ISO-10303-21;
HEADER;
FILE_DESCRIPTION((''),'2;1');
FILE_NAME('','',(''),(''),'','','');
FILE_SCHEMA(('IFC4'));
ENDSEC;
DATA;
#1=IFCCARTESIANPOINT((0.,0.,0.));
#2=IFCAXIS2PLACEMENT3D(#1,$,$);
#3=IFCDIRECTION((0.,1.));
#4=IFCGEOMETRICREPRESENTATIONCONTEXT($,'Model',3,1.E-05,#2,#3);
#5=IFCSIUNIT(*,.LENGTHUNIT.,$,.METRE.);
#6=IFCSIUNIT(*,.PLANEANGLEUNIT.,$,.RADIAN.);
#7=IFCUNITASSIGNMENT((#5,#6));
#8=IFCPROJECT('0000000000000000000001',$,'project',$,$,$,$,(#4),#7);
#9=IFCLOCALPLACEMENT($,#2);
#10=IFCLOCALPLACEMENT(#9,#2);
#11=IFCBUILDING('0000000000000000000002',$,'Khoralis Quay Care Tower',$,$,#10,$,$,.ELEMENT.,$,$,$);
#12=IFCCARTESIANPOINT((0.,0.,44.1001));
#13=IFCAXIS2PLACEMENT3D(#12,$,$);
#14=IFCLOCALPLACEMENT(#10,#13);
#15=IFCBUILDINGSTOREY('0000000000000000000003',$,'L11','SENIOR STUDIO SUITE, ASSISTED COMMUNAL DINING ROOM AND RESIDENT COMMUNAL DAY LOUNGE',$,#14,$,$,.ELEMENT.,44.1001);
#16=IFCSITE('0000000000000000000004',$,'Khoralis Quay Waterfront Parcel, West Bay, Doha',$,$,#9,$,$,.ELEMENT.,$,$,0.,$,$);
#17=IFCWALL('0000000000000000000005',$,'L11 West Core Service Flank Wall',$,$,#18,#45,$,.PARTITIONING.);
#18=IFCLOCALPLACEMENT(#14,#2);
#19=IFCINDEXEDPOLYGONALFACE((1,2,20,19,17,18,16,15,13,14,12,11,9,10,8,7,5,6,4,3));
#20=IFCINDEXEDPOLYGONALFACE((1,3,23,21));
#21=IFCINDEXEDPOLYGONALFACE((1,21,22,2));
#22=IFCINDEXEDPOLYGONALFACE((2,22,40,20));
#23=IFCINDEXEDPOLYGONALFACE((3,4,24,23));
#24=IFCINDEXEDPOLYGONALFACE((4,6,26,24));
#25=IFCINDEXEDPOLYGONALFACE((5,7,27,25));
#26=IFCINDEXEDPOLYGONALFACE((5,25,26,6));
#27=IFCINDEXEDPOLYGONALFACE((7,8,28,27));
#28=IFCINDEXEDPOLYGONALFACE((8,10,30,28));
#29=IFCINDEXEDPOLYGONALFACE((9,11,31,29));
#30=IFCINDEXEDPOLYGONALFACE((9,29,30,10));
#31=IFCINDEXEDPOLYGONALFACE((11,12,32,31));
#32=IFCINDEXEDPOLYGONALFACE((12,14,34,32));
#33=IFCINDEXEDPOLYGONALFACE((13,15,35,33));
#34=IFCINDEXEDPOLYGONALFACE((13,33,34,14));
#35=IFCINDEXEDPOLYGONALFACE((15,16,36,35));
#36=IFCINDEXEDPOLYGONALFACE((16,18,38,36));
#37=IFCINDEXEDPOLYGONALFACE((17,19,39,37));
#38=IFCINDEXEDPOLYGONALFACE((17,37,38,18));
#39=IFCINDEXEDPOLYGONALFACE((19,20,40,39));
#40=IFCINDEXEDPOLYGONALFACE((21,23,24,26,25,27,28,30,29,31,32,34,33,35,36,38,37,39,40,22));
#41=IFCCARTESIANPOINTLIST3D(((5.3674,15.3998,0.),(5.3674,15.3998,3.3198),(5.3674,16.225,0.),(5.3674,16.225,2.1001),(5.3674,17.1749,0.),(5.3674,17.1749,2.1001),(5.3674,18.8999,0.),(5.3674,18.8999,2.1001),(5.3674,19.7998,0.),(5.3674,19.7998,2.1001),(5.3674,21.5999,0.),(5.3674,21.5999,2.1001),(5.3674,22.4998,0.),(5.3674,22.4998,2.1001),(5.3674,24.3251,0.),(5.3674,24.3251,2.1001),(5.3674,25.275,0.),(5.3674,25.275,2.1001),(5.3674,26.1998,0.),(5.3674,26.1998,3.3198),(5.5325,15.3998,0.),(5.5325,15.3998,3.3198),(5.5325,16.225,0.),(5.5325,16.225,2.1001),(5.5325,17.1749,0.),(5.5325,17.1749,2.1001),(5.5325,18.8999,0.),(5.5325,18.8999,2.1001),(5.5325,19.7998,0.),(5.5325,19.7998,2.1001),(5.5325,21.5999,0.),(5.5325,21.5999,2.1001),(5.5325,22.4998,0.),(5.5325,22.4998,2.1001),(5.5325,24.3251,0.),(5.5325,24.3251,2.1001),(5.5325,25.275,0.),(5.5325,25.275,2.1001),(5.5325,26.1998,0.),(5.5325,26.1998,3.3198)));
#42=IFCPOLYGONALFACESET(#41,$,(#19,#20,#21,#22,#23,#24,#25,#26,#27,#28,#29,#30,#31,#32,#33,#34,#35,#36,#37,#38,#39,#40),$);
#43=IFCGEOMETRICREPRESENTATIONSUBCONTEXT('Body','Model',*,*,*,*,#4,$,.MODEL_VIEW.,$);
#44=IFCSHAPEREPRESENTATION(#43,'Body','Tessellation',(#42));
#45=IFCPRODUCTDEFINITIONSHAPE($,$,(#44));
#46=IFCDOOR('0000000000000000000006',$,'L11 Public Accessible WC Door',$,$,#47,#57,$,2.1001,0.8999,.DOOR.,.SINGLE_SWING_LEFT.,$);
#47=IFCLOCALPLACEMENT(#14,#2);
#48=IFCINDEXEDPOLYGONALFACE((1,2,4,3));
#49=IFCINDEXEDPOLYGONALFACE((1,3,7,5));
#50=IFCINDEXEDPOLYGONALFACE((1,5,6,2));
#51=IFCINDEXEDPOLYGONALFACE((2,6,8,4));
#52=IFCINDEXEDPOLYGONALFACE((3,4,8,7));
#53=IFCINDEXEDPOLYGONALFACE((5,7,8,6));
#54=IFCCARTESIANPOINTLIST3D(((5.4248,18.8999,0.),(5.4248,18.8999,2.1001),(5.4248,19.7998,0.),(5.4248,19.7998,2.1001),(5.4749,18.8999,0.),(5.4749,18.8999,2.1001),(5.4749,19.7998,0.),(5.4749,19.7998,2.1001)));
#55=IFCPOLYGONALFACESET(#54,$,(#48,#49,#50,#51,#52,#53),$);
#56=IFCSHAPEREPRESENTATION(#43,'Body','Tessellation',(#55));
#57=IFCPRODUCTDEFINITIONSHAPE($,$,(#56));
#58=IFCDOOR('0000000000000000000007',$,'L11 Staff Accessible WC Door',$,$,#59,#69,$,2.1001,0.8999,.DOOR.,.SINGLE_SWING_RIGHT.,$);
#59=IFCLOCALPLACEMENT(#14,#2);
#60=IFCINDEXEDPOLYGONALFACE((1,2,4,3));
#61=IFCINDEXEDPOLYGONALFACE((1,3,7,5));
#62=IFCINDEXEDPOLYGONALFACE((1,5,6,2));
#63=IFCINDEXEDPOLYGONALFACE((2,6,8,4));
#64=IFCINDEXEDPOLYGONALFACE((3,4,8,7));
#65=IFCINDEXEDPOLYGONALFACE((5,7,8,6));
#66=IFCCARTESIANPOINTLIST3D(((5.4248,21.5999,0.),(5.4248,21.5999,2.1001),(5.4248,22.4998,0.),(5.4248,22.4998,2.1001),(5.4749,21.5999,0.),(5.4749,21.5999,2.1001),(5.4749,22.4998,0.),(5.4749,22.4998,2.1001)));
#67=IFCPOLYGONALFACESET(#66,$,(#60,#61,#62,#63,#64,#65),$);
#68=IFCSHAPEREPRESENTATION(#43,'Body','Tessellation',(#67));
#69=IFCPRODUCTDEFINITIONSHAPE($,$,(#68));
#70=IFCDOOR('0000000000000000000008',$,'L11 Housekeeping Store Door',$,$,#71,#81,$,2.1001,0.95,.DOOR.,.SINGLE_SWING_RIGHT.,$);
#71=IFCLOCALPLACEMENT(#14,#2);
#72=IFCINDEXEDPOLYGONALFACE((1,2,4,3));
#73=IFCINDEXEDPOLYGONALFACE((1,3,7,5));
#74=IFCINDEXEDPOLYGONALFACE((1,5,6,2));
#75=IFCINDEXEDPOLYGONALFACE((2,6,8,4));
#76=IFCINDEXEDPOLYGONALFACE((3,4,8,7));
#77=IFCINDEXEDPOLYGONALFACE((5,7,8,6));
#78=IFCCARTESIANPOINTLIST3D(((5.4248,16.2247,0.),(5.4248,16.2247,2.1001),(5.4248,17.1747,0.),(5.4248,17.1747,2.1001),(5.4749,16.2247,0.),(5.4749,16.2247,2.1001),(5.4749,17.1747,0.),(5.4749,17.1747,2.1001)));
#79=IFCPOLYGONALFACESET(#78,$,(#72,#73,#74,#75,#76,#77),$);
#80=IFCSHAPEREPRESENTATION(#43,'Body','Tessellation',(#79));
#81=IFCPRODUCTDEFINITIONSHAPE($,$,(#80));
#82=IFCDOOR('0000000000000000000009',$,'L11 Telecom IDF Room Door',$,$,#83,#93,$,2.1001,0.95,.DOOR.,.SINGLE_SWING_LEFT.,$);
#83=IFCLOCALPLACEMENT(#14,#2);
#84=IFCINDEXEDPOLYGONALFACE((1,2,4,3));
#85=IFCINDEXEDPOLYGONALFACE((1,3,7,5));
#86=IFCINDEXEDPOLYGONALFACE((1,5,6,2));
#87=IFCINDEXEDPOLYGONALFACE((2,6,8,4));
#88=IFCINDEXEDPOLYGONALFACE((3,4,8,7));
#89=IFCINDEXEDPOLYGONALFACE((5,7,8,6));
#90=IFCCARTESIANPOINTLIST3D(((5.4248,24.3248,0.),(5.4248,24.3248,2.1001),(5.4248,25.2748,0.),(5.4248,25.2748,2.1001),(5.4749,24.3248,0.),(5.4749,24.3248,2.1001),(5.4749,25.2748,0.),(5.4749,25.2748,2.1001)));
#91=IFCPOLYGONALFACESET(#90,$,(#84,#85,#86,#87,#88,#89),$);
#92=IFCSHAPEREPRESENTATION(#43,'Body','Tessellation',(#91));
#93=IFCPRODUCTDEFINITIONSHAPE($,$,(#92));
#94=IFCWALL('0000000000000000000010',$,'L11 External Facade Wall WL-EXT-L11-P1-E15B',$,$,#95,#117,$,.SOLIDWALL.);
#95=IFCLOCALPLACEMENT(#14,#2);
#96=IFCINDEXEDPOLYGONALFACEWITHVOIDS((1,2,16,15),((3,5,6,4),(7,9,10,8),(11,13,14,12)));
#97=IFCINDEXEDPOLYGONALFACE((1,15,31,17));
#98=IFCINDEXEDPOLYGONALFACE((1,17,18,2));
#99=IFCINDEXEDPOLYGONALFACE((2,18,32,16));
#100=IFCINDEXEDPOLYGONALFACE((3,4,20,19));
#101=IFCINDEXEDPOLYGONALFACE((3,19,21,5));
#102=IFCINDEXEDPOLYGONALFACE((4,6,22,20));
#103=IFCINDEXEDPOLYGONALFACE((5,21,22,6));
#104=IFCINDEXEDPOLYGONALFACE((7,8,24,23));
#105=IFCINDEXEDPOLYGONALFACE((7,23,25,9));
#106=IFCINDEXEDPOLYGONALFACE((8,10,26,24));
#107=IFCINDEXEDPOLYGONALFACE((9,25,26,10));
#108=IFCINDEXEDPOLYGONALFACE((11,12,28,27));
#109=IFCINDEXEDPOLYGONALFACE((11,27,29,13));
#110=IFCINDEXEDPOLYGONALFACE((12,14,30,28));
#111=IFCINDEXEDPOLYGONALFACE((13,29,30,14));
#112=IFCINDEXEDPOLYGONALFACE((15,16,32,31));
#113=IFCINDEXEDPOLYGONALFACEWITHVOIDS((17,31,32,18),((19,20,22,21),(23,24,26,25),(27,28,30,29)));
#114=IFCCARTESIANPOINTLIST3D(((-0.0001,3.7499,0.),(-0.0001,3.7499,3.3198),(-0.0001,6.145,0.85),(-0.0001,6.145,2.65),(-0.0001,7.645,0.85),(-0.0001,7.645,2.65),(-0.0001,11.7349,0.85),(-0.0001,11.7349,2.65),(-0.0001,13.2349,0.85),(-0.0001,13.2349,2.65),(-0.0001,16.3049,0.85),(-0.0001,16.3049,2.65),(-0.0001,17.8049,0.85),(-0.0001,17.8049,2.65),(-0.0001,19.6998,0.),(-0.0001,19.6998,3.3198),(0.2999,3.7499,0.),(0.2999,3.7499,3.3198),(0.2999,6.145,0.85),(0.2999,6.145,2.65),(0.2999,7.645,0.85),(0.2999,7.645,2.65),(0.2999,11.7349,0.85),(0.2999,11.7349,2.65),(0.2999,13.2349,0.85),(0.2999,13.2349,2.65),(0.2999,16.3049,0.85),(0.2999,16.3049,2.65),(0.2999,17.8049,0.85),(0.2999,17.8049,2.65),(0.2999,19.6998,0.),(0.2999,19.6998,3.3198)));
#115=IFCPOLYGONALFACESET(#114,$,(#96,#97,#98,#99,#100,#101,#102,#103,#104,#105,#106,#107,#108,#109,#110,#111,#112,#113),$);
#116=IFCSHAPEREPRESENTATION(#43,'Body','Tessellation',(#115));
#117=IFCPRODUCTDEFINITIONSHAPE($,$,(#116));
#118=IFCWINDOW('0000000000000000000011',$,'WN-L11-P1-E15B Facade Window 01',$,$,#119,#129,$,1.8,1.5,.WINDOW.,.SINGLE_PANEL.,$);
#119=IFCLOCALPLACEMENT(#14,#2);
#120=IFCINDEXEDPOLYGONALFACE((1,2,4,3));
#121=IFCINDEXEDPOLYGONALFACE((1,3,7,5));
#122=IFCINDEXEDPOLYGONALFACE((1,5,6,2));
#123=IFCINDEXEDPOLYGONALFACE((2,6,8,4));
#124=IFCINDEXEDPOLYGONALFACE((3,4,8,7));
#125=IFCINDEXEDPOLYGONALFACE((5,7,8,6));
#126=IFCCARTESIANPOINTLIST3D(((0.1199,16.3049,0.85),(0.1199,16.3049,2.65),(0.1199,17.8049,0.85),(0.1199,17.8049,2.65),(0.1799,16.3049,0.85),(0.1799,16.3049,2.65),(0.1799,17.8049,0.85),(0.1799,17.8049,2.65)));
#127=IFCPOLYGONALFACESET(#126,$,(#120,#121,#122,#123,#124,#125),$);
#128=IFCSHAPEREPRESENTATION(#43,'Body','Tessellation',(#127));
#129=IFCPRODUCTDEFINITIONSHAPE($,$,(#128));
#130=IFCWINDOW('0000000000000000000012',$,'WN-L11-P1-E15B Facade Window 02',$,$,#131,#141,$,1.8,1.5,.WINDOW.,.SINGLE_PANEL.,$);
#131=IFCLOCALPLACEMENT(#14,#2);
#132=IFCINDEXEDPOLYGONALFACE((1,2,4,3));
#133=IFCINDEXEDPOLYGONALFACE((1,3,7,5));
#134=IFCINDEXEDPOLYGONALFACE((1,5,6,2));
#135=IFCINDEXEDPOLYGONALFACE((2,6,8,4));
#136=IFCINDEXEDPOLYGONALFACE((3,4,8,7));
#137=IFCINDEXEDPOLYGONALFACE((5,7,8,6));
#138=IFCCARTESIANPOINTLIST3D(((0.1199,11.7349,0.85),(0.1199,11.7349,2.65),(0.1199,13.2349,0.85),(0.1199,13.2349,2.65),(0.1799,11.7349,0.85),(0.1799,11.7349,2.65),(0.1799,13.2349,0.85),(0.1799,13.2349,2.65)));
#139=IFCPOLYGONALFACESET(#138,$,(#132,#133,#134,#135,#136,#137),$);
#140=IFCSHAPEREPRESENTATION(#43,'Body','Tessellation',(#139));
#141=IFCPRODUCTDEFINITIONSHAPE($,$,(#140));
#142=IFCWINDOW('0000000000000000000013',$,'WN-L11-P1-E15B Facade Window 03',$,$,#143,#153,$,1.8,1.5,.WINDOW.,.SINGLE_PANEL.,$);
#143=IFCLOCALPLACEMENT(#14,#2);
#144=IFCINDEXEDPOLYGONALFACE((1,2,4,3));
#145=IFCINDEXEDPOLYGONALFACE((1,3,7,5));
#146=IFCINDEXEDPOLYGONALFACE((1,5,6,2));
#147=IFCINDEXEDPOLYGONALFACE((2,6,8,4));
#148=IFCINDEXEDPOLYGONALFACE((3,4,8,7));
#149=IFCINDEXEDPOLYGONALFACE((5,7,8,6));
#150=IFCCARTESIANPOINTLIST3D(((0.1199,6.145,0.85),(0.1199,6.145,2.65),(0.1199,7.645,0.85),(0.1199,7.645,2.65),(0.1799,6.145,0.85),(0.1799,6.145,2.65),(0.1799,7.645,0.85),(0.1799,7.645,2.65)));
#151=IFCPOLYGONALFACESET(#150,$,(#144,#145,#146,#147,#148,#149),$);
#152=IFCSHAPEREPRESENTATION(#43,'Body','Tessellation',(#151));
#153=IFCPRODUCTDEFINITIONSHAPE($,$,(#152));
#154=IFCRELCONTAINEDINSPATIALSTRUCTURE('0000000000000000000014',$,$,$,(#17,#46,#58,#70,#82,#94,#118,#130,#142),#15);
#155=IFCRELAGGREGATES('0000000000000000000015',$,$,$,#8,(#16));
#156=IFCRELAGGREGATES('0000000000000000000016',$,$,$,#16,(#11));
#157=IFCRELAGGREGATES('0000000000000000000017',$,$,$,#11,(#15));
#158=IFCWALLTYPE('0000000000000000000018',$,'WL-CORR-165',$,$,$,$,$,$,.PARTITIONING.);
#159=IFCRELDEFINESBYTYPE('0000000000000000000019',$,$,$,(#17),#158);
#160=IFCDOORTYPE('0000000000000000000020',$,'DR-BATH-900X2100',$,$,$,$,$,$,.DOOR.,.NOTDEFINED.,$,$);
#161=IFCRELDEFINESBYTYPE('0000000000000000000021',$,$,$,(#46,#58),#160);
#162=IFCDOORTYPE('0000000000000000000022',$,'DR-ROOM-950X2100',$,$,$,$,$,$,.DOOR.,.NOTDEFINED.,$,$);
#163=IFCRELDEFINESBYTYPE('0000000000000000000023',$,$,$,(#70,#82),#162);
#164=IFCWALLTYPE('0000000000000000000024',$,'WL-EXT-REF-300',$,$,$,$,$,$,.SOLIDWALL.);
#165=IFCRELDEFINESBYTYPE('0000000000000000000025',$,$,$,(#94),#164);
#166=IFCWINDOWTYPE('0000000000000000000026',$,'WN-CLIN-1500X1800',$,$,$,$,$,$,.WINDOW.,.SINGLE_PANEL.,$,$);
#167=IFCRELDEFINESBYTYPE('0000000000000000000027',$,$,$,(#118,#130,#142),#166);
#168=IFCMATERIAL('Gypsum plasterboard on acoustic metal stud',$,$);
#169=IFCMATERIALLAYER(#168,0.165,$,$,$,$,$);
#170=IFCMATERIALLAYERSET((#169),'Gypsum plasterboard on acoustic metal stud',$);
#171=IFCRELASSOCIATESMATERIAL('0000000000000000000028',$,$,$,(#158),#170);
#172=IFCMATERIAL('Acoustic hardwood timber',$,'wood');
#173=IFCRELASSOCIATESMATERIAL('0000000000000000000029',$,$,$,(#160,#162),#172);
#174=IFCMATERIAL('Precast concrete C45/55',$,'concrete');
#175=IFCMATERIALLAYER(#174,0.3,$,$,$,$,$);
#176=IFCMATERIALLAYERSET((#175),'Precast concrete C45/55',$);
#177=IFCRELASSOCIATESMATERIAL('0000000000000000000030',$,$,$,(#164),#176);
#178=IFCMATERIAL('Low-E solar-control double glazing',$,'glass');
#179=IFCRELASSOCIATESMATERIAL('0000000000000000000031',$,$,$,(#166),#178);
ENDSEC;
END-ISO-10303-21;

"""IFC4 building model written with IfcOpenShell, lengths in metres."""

from ifc_helpers import new_model, si_unit, direction, frame, frame_2d, origin, place, context, subcontext, project, spatial, rectangle, extrude, source, transform, mapped, material, layer, layer_set, type_object, element, fill, save


model = new_model("IFC4")

# Units and contexts
model_context = context("Model", 3, precision=1e-05, world=origin(), true_north=direction((0.0, 1.0)))
body_context = subcontext(model_context, "Body", "Model", "MODEL_VIEW")
ifc_project = project(units=[si_unit("LENGTHUNIT", "METRE"), si_unit("PLANEANGLEUNIT", "RADIAN")], contexts=[model_context])

# Site, building, storey
site_placement = place(None, origin())
site = spatial("IfcSite", under=ifc_project, at=site_placement, Name="Khoralis Quay Waterfront Parcel, West Bay, Doha", CompositionType="ELEMENT", RefElevation=0.0)
building_placement = place(site_placement, origin())
building = spatial("IfcBuilding", under=site, at=building_placement, Name="Khoralis Quay Care Tower", CompositionType="ELEMENT")
storey_placement = place(building_placement, frame((0.0, 0.0, 44.1001)))
storey = spatial("IfcBuildingStorey", under=building, at=storey_placement, Name="L11", Description="SENIOR STUDIO SUITE, ASSISTED COMMUNAL DINING ROOM AND RESIDENT COMMUNAL DAY LOUNGE", CompositionType="ELEMENT", Elevation=44.1001)

# Shared definitions
ifc_material_1 = material(Name="Low-E solar-control double glazing", Category="glass")

# Wall, openings, doors
ifc_material_2 = material(Name="Gypsum plasterboard on acoustic metal stud")
ifc_layer_1 = layer(ifc_material_2, 0.165)
ifc_layer_set_1 = layer_set([ifc_layer_1], Name="Gypsum plasterboard on acoustic metal stud")
wall_type_1 = type_object("IfcWallType", Name="WL-CORR-165", PredefinedType="PARTITIONING", material=ifc_layer_set_1)
wall_1_placement = place(storey_placement, frame((5.45, 15.3999, 0.0), z_axis=(0.0, 0.0, 1.0), x_axis=(0.0, 1.0, 0.0)))
wall_1 = element("IfcWall", 1, at=wall_1_placement, inside=storey, type_object=wall_type_1, Name="L11 West Core Service Flank Wall", PredefinedType="PARTITIONING", context=body_context, shape_type="SweptSolid", body=[
    extrude(rectangle(XDim=10.8, YDim=0.165, at=frame_2d((5.3999, 0.0))), origin(), (0.0, 0.0, 1.0), 3.3198),
])
opening_1_placement = place(wall_1_placement, frame((0.825, 0.0, 0.0)))
opening_1 = element("IfcOpeningElement", 2, at=opening_1_placement, cuts=wall_1, PredefinedType="OPENING", context=body_context, shape_type="SweptSolid", body=[
    extrude(rectangle(XDim=0.95, YDim=2.1001, at=frame_2d((0.4751, 1.05))), frame((0.0, 0.0925, 0.0), z_axis=(0.0, -1.0, 0.0), x_axis=(1.0, 0.0, 0.0)), (0.0, 0.0, 1.0), 0.1851),
])
opening_2_placement = place(wall_1_placement, frame((3.5, 0.0, 0.0)))
opening_2 = element("IfcOpeningElement", 3, at=opening_2_placement, cuts=wall_1, PredefinedType="OPENING", context=body_context, shape_type="SweptSolid", body=[
    extrude(rectangle(XDim=0.8999, YDim=2.1001, at=frame_2d((0.45, 1.05))), frame((0.0, 0.0925, 0.0), z_axis=(0.0, -1.0, 0.0), x_axis=(1.0, 0.0, 0.0)), (0.0, 0.0, 1.0), 0.1851),
])
opening_3_placement = place(wall_1_placement, frame((6.2, 0.0, 0.0)))
opening_3 = element("IfcOpeningElement", 4, at=opening_3_placement, cuts=wall_1, PredefinedType="OPENING", context=body_context, shape_type="SweptSolid", body=[
    extrude(rectangle(XDim=0.8999, YDim=2.1001, at=frame_2d((0.45, 1.05))), frame((0.0, 0.0925, 0.0), z_axis=(0.0, -1.0, 0.0), x_axis=(1.0, 0.0, 0.0)), (0.0, 0.0, 1.0), 0.1851),
])
opening_4_placement = place(wall_1_placement, frame((8.925, 0.0, 0.0)))
opening_4 = element("IfcOpeningElement", 5, at=opening_4_placement, cuts=wall_1, PredefinedType="OPENING", context=body_context, shape_type="SweptSolid", body=[
    extrude(rectangle(XDim=0.95, YDim=2.1001, at=frame_2d((0.4751, 1.05))), frame((0.0, 0.0925, 0.0), z_axis=(0.0, -1.0, 0.0), x_axis=(1.0, 0.0, 0.0)), (0.0, 0.0, 1.0), 0.1851),
])
ifc_material_3 = material(Name="Acoustic hardwood timber", Category="wood")
door_type_1 = type_object("IfcDoorType", Name="DR-BATH-900X2100", OperationType="NOTDEFINED", PredefinedType="DOOR", material=ifc_material_3)
shared_shape_1 = source(origin(), body_context, "Body", "SweptSolid", [
    extrude(rectangle(XDim=0.8999, YDim=2.1001, at=frame_2d((0.45, 1.05))), frame((0.0, 0.0249, 0.0), z_axis=(0.0, -1.0, 0.0), x_axis=(1.0, 0.0, 0.0)), (0.0, 0.0, 1.0), 0.05),
])
door_1_placement = place(opening_2_placement, frame((0.8999, 0.0, 0.0), z_axis=(0.0, 0.0, 1.0), x_axis=(-1.0, 0.0, 0.0)))
door_1 = element("IfcDoor", 6, at=door_1_placement, inside=storey, type_object=door_type_1, Name="L11 Public Accessible WC Door", OperationType="SINGLE_SWING_LEFT", OverallHeight=2.1001, OverallWidth=0.8999, PredefinedType="DOOR", context=body_context, shape_type="MappedRepresentation", body=[
    mapped(shared_shape_1, transform((0.0, 0.0, 0.0), scale=1.0)),
])
fill(opening_2, door_1)
door_2_placement = place(opening_3_placement, frame((0.8999, 0.0, 0.0), z_axis=(0.0, 0.0, 1.0), x_axis=(-1.0, 0.0, 0.0)))
door_2 = element("IfcDoor", 7, at=door_2_placement, inside=storey, type_object=door_type_1, Name="L11 Staff Accessible WC Door", OperationType="SINGLE_SWING_RIGHT", OverallHeight=2.1001, OverallWidth=0.8999, PredefinedType="DOOR", context=body_context, shape_type="MappedRepresentation", body=[
    mapped(shared_shape_1, transform((0.0, 0.0, 0.0), scale=1.0)),
])
fill(opening_3, door_2)
door_type_2 = type_object("IfcDoorType", Name="DR-ROOM-950X2100", OperationType="NOTDEFINED", PredefinedType="DOOR", material=ifc_material_3)
shared_shape_2 = source(origin(), body_context, "Body", "SweptSolid", [
    extrude(rectangle(XDim=0.95, YDim=2.1001, at=frame_2d((0.4751, 1.05))), frame((0.0, 0.0249, 0.0), z_axis=(0.0, -1.0, 0.0), x_axis=(1.0, 0.0, 0.0)), (0.0, 0.0, 1.0), 0.05),
])
door_3_placement = place(opening_1_placement, frame((0.95, 0.0, 0.0), z_axis=(0.0, 0.0, 1.0), x_axis=(-1.0, 0.0, 0.0)))
door_3 = element("IfcDoor", 8, at=door_3_placement, inside=storey, type_object=door_type_2, Name="L11 Housekeeping Store Door", OperationType="SINGLE_SWING_RIGHT", OverallHeight=2.1001, OverallWidth=0.95, PredefinedType="DOOR", context=body_context, shape_type="MappedRepresentation", body=[
    mapped(shared_shape_2, transform((0.0, 0.0, 0.0), scale=1.0)),
])
fill(opening_1, door_3)
door_4_placement = place(opening_4_placement, frame((0.95, 0.0, 0.0), z_axis=(0.0, 0.0, 1.0), x_axis=(-1.0, 0.0, 0.0)))
door_4 = element("IfcDoor", 9, at=door_4_placement, inside=storey, type_object=door_type_2, Name="L11 Telecom IDF Room Door", OperationType="SINGLE_SWING_LEFT", OverallHeight=2.1001, OverallWidth=0.95, PredefinedType="DOOR", context=body_context, shape_type="MappedRepresentation", body=[
    mapped(shared_shape_2, transform((0.0, 0.0, 0.0), scale=1.0)),
])
fill(opening_4, door_4)

# Wall, openings, windows
ifc_material_4 = material(Name="Precast concrete C45/55", Category="concrete")
ifc_layer_2 = layer(ifc_material_4, 0.3)
ifc_layer_set_2 = layer_set([ifc_layer_2], Name="Precast concrete C45/55")
wall_type_2 = type_object("IfcWallType", Name="WL-EXT-REF-300", PredefinedType="SOLIDWALL", material=ifc_layer_set_2)
wall_2_placement = place(storey_placement, frame((0.1499, 19.7, 0.0), z_axis=(0.0, 0.0, 1.0), x_axis=(0.0, -1.0, 0.0)))
wall_2 = element("IfcWall", 10, at=wall_2_placement, inside=storey, type_object=wall_type_2, Name="L11 External Facade Wall WL-EXT-L11-P1-E15B", PredefinedType="SOLIDWALL", context=body_context, shape_type="SweptSolid", body=[
    extrude(rectangle(XDim=15.95, YDim=0.3, at=frame_2d((7.9751, 0.0))), origin(), (0.0, 0.0, 1.0), 3.3198),
])
opening_5_placement = place(wall_2_placement, frame((1.895, 0.0, 0.8501)))
opening_5 = element("IfcOpeningElement", 11, at=opening_5_placement, cuts=wall_2, PredefinedType="OPENING", context=body_context, shape_type="SweptSolid", body=[
    extrude(rectangle(XDim=1.5, YDim=1.8, at=frame_2d((0.75, 0.8999))), frame((0.0, 0.1602, 0.0), z_axis=(0.0, -1.0, 0.0), x_axis=(1.0, 0.0, 0.0)), (0.0, 0.0, 1.0), 0.3201),
])
opening_6_placement = place(wall_2_placement, frame((6.4651, 0.0, 0.8501)))
opening_6 = element("IfcOpeningElement", 12, at=opening_6_placement, cuts=wall_2, PredefinedType="OPENING", context=body_context, shape_type="SweptSolid", body=[
    extrude(rectangle(XDim=1.5, YDim=1.8, at=frame_2d((0.75, 0.8999))), frame((0.0, 0.1602, 0.0), z_axis=(0.0, -1.0, 0.0), x_axis=(1.0, 0.0, 0.0)), (0.0, 0.0, 1.0), 0.3201),
])
opening_7_placement = place(wall_2_placement, frame((12.0549, 0.0, 0.8501)))
opening_7 = element("IfcOpeningElement", 13, at=opening_7_placement, cuts=wall_2, PredefinedType="OPENING", context=body_context, shape_type="SweptSolid", body=[
    extrude(rectangle(XDim=1.5, YDim=1.8, at=frame_2d((0.75, 0.8999))), frame((0.0, 0.1602, 0.0), z_axis=(0.0, -1.0, 0.0), x_axis=(1.0, 0.0, 0.0)), (0.0, 0.0, 1.0), 0.3201),
])
window_type = type_object("IfcWindowType", Name="WN-CLIN-1500X1800", PartitioningType="SINGLE_PANEL", PredefinedType="WINDOW", material=ifc_material_1)
shared_shape_3 = source(origin(), body_context, "Body", "SweptSolid", [
    extrude(rectangle(XDim=1.5, YDim=1.8, at=frame_2d((0.75, 0.8999))), frame((0.0, 0.03, 0.0), z_axis=(0.0, -1.0, 0.0), x_axis=(1.0, 0.0, 0.0)), (0.0, 0.0, 1.0), 0.0601),
])
window_1_placement = place(opening_5_placement, origin())
window_1 = element("IfcWindow", 14, at=window_1_placement, inside=storey, type_object=window_type, Name="WN-L11-P1-E15B Facade Window 01", OverallHeight=1.8, OverallWidth=1.5, PartitioningType="SINGLE_PANEL", PredefinedType="WINDOW", context=body_context, shape_type="MappedRepresentation", body=[
    mapped(shared_shape_3, transform((0.0, 0.0, 0.0), scale=1.0)),
])
fill(opening_5, window_1)
window_2_placement = place(opening_6_placement, origin())
window_2 = element("IfcWindow", 15, at=window_2_placement, inside=storey, type_object=window_type, Name="WN-L11-P1-E15B Facade Window 02", OverallHeight=1.8, OverallWidth=1.5, PartitioningType="SINGLE_PANEL", PredefinedType="WINDOW", context=body_context, shape_type="MappedRepresentation", body=[
    mapped(shared_shape_3, transform((0.0, 0.0, 0.0), scale=1.0)),
])
fill(opening_6, window_2)
window_3_placement = place(opening_7_placement, origin())
window_3 = element("IfcWindow", 16, at=window_3_placement, inside=storey, type_object=window_type, Name="WN-L11-P1-E15B Facade Window 03", OverallHeight=1.8, OverallWidth=1.5, PartitioningType="SINGLE_PANEL", PredefinedType="WINDOW", context=body_context, shape_type="MappedRepresentation", body=[
    mapped(shared_shape_3, transform((0.0, 0.0, 0.0), scale=1.0)),
])
fill(opening_7, window_3)

save(model, "model.ifc")
